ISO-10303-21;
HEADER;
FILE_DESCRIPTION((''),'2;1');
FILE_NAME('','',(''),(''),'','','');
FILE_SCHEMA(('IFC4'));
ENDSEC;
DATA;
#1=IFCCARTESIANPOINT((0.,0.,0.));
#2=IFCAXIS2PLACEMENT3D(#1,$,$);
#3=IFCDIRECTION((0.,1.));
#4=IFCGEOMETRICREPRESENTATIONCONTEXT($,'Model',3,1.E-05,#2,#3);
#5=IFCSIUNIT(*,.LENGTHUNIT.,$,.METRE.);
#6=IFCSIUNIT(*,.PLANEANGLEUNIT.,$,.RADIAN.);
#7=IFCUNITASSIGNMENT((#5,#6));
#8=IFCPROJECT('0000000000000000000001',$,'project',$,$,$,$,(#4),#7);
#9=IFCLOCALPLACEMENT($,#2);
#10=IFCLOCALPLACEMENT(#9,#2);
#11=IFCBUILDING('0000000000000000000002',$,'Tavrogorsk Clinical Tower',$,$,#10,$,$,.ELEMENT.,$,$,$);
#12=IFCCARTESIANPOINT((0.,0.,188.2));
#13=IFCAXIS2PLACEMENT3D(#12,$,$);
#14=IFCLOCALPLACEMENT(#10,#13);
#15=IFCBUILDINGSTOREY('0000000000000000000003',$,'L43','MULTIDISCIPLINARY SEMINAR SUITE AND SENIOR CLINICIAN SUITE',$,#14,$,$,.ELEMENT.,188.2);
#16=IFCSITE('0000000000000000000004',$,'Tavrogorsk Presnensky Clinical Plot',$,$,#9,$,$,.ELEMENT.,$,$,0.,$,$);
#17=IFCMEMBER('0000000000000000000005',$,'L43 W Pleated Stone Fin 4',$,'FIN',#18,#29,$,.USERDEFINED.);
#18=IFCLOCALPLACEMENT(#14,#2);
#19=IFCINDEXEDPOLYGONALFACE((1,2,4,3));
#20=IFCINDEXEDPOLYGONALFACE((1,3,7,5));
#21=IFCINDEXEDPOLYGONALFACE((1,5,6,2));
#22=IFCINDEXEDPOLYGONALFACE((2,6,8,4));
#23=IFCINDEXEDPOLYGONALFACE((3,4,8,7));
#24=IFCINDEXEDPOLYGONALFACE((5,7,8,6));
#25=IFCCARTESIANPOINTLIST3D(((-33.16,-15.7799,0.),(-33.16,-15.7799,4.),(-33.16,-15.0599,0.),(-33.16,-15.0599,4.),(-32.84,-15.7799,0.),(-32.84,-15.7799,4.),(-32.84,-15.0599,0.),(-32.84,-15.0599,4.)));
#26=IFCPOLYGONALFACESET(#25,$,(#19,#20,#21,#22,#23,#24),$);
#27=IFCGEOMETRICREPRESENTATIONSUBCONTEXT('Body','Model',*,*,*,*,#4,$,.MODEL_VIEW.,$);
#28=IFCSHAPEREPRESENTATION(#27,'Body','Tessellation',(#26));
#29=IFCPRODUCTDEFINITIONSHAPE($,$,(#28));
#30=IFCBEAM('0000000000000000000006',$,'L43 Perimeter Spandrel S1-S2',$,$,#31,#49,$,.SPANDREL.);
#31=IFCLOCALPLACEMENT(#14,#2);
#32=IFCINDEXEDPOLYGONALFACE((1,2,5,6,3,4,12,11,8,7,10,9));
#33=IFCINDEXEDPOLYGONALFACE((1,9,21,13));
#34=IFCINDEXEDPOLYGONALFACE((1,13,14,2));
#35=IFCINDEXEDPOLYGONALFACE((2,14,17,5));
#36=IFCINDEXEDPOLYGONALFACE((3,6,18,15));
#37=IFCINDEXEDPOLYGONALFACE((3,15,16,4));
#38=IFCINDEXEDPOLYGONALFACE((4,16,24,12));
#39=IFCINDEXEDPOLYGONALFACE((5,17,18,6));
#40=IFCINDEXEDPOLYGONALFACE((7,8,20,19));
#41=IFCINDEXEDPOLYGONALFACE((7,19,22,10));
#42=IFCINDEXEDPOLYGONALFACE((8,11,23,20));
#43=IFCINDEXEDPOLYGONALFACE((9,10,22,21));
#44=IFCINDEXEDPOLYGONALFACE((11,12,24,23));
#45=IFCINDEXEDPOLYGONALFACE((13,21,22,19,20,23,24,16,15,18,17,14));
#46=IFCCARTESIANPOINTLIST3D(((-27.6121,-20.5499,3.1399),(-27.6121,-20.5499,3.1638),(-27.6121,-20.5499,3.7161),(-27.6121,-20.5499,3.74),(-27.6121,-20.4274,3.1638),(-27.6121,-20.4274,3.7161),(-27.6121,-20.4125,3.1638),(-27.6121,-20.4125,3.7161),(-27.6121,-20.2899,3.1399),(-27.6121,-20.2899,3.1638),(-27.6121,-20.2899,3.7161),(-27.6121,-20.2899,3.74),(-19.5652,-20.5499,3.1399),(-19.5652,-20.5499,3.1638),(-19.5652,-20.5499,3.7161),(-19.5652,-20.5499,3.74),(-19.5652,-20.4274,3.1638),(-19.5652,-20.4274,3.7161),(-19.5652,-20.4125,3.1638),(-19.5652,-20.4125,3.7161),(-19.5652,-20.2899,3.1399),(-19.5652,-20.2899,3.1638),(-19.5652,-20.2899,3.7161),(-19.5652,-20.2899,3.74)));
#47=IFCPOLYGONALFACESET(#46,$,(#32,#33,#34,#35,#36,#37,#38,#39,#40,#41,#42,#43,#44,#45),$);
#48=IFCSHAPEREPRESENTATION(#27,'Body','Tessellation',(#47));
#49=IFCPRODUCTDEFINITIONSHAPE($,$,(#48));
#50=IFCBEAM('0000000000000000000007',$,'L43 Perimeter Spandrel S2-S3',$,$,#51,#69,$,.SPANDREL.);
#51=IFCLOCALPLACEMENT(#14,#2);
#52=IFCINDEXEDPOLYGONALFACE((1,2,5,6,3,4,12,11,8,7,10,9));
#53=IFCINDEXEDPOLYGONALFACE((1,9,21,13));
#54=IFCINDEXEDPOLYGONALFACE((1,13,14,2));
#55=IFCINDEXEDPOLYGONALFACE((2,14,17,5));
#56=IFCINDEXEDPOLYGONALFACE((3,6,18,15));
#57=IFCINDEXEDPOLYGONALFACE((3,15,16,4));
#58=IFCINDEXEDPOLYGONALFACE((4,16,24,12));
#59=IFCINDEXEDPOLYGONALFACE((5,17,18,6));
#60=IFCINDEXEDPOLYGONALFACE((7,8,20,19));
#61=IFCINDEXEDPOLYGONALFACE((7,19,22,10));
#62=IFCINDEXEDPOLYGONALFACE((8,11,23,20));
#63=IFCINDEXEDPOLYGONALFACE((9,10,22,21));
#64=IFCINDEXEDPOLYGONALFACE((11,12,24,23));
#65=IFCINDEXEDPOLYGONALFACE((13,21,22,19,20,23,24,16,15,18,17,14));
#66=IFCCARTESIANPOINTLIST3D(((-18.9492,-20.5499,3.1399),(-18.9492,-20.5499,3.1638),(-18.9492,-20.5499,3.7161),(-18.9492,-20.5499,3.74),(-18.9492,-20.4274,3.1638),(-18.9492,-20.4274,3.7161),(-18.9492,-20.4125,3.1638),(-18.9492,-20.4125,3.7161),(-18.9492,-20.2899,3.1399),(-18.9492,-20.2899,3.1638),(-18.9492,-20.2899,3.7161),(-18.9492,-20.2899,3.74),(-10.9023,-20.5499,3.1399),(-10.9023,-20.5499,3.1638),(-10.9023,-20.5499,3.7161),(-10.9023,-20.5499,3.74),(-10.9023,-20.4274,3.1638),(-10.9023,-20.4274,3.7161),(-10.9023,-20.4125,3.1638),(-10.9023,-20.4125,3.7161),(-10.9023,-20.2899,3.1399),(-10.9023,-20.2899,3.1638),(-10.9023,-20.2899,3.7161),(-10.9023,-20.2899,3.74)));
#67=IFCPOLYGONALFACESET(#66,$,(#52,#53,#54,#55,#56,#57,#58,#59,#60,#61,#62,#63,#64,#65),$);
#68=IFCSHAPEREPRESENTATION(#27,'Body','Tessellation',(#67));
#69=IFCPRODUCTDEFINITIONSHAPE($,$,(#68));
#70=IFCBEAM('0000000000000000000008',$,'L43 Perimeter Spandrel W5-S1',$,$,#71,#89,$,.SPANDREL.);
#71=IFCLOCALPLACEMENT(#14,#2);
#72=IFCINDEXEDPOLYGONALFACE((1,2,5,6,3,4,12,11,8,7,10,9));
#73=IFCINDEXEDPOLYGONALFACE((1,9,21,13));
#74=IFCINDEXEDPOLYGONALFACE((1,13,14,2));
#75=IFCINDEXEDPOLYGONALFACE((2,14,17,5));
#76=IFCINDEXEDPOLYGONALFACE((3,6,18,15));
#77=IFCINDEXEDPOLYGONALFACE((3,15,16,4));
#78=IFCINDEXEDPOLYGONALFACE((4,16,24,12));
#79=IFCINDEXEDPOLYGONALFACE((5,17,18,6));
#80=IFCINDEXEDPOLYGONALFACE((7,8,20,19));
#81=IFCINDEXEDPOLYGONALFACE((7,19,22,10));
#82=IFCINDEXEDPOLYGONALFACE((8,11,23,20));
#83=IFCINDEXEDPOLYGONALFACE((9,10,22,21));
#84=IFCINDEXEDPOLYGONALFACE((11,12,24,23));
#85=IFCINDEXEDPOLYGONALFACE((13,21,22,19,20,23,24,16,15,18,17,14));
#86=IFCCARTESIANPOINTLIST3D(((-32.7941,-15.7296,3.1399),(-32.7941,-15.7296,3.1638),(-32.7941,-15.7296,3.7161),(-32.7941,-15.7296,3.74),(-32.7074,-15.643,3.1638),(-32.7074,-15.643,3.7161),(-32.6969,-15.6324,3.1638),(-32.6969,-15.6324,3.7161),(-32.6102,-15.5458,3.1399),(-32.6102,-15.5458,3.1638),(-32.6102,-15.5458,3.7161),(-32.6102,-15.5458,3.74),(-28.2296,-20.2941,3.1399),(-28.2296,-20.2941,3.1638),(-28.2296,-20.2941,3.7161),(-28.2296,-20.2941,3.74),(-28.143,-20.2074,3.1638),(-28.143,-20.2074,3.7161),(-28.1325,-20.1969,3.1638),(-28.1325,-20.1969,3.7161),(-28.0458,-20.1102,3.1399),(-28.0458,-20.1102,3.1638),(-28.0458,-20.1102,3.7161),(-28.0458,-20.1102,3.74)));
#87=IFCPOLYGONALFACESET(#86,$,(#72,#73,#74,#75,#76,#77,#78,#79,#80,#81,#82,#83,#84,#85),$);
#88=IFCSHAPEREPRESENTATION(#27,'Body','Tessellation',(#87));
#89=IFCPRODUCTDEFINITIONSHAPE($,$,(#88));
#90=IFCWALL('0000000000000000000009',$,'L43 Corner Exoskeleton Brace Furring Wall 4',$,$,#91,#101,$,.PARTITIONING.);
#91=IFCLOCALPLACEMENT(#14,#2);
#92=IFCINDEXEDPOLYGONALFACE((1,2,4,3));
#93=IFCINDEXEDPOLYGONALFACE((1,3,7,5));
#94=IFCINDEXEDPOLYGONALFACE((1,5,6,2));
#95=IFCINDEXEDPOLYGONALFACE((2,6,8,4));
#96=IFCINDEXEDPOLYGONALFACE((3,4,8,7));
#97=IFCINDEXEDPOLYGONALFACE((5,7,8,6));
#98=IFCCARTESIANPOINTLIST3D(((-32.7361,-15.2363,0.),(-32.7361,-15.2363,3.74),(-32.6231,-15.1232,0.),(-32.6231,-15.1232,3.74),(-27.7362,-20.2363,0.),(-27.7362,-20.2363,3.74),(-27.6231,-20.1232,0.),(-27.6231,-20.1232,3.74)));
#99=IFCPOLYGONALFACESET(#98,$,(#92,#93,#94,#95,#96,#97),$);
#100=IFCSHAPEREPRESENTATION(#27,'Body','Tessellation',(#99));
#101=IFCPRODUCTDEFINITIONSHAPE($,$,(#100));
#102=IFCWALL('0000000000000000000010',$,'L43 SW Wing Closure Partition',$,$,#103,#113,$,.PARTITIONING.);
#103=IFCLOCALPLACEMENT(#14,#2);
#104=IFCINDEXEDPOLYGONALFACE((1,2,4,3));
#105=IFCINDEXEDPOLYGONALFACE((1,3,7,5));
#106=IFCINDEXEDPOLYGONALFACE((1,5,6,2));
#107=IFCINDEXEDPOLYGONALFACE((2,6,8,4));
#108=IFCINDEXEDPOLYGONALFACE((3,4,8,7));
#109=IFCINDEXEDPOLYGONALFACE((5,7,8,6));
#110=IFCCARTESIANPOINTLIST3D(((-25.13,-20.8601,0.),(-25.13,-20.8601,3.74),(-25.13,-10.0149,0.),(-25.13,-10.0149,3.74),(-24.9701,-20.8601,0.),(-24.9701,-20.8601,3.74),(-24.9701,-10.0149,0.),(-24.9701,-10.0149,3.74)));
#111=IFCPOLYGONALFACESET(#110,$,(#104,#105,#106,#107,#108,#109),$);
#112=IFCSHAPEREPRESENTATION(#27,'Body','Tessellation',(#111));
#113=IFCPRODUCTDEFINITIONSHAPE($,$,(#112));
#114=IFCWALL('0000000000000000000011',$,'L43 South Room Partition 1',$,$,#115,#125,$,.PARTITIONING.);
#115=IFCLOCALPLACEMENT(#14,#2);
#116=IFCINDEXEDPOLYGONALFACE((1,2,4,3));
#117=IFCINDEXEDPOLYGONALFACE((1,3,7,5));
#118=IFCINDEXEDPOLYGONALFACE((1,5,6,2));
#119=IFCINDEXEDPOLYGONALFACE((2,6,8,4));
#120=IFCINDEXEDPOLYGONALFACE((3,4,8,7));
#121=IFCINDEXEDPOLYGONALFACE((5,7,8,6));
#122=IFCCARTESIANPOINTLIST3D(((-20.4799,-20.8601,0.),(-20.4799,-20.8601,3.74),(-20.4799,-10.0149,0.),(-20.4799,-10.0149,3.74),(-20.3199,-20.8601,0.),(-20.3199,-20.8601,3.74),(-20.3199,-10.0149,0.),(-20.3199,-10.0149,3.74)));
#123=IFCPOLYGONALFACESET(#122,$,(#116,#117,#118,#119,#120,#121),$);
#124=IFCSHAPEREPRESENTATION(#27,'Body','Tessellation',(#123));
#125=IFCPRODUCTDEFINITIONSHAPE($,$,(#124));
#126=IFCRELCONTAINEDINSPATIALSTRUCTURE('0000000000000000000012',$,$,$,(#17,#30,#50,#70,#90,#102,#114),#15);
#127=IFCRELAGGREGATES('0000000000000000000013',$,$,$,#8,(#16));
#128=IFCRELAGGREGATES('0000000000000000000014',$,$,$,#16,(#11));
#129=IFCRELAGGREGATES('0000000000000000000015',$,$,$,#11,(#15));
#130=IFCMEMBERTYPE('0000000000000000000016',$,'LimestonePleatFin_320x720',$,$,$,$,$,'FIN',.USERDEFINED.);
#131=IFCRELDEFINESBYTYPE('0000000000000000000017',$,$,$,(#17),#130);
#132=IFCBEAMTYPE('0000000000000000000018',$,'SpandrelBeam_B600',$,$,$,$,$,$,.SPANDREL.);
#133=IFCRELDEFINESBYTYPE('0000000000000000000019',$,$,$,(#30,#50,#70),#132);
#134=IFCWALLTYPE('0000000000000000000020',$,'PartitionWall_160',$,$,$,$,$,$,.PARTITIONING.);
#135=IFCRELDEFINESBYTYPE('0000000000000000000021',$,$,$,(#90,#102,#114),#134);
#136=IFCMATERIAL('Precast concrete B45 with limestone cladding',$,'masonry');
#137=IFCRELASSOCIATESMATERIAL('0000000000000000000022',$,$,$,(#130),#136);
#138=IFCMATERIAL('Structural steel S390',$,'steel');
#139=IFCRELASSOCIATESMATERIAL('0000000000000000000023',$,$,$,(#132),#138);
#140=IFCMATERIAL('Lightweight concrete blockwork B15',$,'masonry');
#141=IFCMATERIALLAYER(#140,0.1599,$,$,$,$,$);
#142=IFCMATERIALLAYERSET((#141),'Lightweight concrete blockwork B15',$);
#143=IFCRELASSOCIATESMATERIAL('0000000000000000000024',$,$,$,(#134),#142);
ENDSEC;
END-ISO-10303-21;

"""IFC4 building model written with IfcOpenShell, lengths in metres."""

from ifc_helpers import new_model, si_unit, direction, frame, frame_2d, origin, origin_2d, place, context, subcontext, project, spatial, rectangle, i_section, extrude, material, layer, layer_set, material_profile, profile_set, type_object, element, save


model = new_model("IFC4")

# Units and contexts
model_context = context("Model", 3, precision=1e-05, world=origin(), true_north=direction((0.0, 1.0)))
body_context = subcontext(model_context, "Body", "Model", "MODEL_VIEW")
ifc_project = project(units=[si_unit("LENGTHUNIT", "METRE"), si_unit("PLANEANGLEUNIT", "RADIAN")], contexts=[model_context])

# Site, building, storey
site_placement = place(None, origin())
site = spatial("IfcSite", under=ifc_project, at=site_placement, Name="Tavrogorsk Presnensky Clinical Plot", CompositionType="ELEMENT", RefElevation=0.0)
building_placement = place(site_placement, origin())
building = spatial("IfcBuilding", under=site, at=building_placement, Name="Tavrogorsk Clinical Tower", CompositionType="ELEMENT")
storey_placement = place(building_placement, frame((0.0, 0.0, 188.2)))
storey = spatial("IfcBuildingStorey", under=building, at=storey_placement, Name="L43", Description="MULTIDISCIPLINARY SEMINAR SUITE AND SENIOR CLINICIAN SUITE", CompositionType="ELEMENT", Elevation=188.2)

# Member
ifc_material_1 = material(Name="Precast concrete B45 with limestone cladding", Category="masonry")
ifc_material_profile_1 = material_profile(ifc_material_1, rectangle(XDim=0.3201, YDim=0.72, at=origin_2d()), Name="LIMESTONE-FIN-320x720")
ifc_profile_set_1 = profile_set([ifc_material_profile_1], Name="Precast concrete B45 with limestone cladding")
member_type_1 = type_object("IfcMemberType", Name="LimestonePleatFin_320x720", ElementType="FIN", PredefinedType="USERDEFINED", material=ifc_profile_set_1)
member_1_placement = place(storey_placement, frame((-33.0, -15.4199, 0.0), z_axis=(0.0, 0.0, 1.0), x_axis=(1.0, 0.0, 0.0)))
element("IfcMember", 1, at=member_1_placement, inside=storey, type_object=member_type_1, Name="L43 W Pleated Stone Fin 4", ObjectType="FIN", PredefinedType="USERDEFINED", context=body_context, shape_type="SweptSolid", body=[
    extrude(rectangle(XDim=0.3201, YDim=0.72, at=origin_2d()), origin(), (0.0, 0.0, 1.0), 4.0),
])

# Beams
ifc_material_2 = material(Name="Structural steel S390", Category="steel")
ifc_material_profile_2 = material_profile(ifc_material_2, i_section(OverallWidth=0.26, OverallDepth=0.6001, WebThickness=0.0149, FlangeThickness=0.0239, at=origin_2d()), Name="B-600x260x15x24")
ifc_profile_set_2 = profile_set([ifc_material_profile_2], Name="Structural steel S390")
beam_type_1 = type_object("IfcBeamType", Name="SpandrelBeam_B600", PredefinedType="SPANDREL", material=ifc_profile_set_2)
for number, where, z_axis, x_axis, name in (
    (2, (-27.6121, -20.4199, 3.4399), (1.0, 0.0, 0.0), (0.0, 1.0, 0.0), "L43 Perimeter Spandrel S1-S2"),
    (3, (-18.9492, -20.4199, 3.4399), (1.0, 0.0, 0.0), (0.0, 1.0, 0.0), "L43 Perimeter Spandrel S2-S3"),
):
    element("IfcBeam", number, at=place(storey_placement, frame(where, z_axis=z_axis, x_axis=x_axis)), inside=storey, type_object=beam_type_1, Name=name, PredefinedType="SPANDREL", context=body_context, shape_type="SweptSolid", body=[
        extrude(i_section(OverallWidth=0.26, OverallDepth=0.6001, WebThickness=0.0149, FlangeThickness=0.0239, at=origin_2d()), origin(), (0.0, 0.0, 1.0), 8.0469),
    ])
beam_1_placement = place(storey_placement, frame((-32.7021, -15.6377, 3.4399), z_axis=(0.707107, -0.707107, 0.0), x_axis=(0.707107, 0.707107, 0.0)))
element("IfcBeam", 4, at=beam_1_placement, inside=storey, type_object=beam_type_1, Name="L43 Perimeter Spandrel W5-S1", PredefinedType="SPANDREL", context=body_context, shape_type="SweptSolid", body=[
    extrude(i_section(OverallWidth=0.26, OverallDepth=0.6001, WebThickness=0.0149, FlangeThickness=0.0239, at=origin_2d()), origin(), (0.0, 0.0, 1.0), 6.4551),
])

# Walls
ifc_material_3 = material(Name="Lightweight concrete blockwork B15", Category="masonry")
ifc_layer_1 = layer(ifc_material_3, 0.1599)
ifc_layer_set_1 = layer_set([ifc_layer_1], Name="Lightweight concrete blockwork B15")
wall_type_1 = type_object("IfcWallType", Name="PartitionWall_160", PredefinedType="PARTITIONING", material=ifc_layer_set_1)
wall_1_placement = place(storey_placement, frame((-32.6797, -15.1797, 0.0), z_axis=(0.0, 0.0, 1.0), x_axis=(0.707107, -0.707107, 0.0)))
element("IfcWall", 5, at=wall_1_placement, inside=storey, type_object=wall_type_1, Name="L43 Corner Exoskeleton Brace Furring Wall 4", PredefinedType="PARTITIONING", context=body_context, shape_type="SweptSolid", body=[
    extrude(rectangle(XDim=7.071, YDim=0.1599, at=frame_2d((3.5356, 0.0))), origin(), (0.0, 0.0, 1.0), 3.74),
])
for number, where, z_axis, x_axis, name in (
    (6, (-25.05, -20.8601, 0.0), (0.0, 0.0, 1.0), (0.0, 1.0, 0.0), "L43 SW Wing Closure Partition"),
    (7, (-20.3999, -20.8601, 0.0), (0.0, 0.0, 1.0), (0.0, 1.0, 0.0), "L43 South Room Partition 1"),
):
    element("IfcWall", number, at=place(storey_placement, frame(where, z_axis=z_axis, x_axis=x_axis)), inside=storey, type_object=wall_type_1, Name=name, PredefinedType="PARTITIONING", context=body_context, shape_type="SweptSolid", body=[
        extrude(rectangle(XDim=10.8452, YDim=0.1599, at=frame_2d((5.4226, 0.0))), origin(), (0.0, 0.0, 1.0), 3.74),
    ])

save(model, "model.ifc")
